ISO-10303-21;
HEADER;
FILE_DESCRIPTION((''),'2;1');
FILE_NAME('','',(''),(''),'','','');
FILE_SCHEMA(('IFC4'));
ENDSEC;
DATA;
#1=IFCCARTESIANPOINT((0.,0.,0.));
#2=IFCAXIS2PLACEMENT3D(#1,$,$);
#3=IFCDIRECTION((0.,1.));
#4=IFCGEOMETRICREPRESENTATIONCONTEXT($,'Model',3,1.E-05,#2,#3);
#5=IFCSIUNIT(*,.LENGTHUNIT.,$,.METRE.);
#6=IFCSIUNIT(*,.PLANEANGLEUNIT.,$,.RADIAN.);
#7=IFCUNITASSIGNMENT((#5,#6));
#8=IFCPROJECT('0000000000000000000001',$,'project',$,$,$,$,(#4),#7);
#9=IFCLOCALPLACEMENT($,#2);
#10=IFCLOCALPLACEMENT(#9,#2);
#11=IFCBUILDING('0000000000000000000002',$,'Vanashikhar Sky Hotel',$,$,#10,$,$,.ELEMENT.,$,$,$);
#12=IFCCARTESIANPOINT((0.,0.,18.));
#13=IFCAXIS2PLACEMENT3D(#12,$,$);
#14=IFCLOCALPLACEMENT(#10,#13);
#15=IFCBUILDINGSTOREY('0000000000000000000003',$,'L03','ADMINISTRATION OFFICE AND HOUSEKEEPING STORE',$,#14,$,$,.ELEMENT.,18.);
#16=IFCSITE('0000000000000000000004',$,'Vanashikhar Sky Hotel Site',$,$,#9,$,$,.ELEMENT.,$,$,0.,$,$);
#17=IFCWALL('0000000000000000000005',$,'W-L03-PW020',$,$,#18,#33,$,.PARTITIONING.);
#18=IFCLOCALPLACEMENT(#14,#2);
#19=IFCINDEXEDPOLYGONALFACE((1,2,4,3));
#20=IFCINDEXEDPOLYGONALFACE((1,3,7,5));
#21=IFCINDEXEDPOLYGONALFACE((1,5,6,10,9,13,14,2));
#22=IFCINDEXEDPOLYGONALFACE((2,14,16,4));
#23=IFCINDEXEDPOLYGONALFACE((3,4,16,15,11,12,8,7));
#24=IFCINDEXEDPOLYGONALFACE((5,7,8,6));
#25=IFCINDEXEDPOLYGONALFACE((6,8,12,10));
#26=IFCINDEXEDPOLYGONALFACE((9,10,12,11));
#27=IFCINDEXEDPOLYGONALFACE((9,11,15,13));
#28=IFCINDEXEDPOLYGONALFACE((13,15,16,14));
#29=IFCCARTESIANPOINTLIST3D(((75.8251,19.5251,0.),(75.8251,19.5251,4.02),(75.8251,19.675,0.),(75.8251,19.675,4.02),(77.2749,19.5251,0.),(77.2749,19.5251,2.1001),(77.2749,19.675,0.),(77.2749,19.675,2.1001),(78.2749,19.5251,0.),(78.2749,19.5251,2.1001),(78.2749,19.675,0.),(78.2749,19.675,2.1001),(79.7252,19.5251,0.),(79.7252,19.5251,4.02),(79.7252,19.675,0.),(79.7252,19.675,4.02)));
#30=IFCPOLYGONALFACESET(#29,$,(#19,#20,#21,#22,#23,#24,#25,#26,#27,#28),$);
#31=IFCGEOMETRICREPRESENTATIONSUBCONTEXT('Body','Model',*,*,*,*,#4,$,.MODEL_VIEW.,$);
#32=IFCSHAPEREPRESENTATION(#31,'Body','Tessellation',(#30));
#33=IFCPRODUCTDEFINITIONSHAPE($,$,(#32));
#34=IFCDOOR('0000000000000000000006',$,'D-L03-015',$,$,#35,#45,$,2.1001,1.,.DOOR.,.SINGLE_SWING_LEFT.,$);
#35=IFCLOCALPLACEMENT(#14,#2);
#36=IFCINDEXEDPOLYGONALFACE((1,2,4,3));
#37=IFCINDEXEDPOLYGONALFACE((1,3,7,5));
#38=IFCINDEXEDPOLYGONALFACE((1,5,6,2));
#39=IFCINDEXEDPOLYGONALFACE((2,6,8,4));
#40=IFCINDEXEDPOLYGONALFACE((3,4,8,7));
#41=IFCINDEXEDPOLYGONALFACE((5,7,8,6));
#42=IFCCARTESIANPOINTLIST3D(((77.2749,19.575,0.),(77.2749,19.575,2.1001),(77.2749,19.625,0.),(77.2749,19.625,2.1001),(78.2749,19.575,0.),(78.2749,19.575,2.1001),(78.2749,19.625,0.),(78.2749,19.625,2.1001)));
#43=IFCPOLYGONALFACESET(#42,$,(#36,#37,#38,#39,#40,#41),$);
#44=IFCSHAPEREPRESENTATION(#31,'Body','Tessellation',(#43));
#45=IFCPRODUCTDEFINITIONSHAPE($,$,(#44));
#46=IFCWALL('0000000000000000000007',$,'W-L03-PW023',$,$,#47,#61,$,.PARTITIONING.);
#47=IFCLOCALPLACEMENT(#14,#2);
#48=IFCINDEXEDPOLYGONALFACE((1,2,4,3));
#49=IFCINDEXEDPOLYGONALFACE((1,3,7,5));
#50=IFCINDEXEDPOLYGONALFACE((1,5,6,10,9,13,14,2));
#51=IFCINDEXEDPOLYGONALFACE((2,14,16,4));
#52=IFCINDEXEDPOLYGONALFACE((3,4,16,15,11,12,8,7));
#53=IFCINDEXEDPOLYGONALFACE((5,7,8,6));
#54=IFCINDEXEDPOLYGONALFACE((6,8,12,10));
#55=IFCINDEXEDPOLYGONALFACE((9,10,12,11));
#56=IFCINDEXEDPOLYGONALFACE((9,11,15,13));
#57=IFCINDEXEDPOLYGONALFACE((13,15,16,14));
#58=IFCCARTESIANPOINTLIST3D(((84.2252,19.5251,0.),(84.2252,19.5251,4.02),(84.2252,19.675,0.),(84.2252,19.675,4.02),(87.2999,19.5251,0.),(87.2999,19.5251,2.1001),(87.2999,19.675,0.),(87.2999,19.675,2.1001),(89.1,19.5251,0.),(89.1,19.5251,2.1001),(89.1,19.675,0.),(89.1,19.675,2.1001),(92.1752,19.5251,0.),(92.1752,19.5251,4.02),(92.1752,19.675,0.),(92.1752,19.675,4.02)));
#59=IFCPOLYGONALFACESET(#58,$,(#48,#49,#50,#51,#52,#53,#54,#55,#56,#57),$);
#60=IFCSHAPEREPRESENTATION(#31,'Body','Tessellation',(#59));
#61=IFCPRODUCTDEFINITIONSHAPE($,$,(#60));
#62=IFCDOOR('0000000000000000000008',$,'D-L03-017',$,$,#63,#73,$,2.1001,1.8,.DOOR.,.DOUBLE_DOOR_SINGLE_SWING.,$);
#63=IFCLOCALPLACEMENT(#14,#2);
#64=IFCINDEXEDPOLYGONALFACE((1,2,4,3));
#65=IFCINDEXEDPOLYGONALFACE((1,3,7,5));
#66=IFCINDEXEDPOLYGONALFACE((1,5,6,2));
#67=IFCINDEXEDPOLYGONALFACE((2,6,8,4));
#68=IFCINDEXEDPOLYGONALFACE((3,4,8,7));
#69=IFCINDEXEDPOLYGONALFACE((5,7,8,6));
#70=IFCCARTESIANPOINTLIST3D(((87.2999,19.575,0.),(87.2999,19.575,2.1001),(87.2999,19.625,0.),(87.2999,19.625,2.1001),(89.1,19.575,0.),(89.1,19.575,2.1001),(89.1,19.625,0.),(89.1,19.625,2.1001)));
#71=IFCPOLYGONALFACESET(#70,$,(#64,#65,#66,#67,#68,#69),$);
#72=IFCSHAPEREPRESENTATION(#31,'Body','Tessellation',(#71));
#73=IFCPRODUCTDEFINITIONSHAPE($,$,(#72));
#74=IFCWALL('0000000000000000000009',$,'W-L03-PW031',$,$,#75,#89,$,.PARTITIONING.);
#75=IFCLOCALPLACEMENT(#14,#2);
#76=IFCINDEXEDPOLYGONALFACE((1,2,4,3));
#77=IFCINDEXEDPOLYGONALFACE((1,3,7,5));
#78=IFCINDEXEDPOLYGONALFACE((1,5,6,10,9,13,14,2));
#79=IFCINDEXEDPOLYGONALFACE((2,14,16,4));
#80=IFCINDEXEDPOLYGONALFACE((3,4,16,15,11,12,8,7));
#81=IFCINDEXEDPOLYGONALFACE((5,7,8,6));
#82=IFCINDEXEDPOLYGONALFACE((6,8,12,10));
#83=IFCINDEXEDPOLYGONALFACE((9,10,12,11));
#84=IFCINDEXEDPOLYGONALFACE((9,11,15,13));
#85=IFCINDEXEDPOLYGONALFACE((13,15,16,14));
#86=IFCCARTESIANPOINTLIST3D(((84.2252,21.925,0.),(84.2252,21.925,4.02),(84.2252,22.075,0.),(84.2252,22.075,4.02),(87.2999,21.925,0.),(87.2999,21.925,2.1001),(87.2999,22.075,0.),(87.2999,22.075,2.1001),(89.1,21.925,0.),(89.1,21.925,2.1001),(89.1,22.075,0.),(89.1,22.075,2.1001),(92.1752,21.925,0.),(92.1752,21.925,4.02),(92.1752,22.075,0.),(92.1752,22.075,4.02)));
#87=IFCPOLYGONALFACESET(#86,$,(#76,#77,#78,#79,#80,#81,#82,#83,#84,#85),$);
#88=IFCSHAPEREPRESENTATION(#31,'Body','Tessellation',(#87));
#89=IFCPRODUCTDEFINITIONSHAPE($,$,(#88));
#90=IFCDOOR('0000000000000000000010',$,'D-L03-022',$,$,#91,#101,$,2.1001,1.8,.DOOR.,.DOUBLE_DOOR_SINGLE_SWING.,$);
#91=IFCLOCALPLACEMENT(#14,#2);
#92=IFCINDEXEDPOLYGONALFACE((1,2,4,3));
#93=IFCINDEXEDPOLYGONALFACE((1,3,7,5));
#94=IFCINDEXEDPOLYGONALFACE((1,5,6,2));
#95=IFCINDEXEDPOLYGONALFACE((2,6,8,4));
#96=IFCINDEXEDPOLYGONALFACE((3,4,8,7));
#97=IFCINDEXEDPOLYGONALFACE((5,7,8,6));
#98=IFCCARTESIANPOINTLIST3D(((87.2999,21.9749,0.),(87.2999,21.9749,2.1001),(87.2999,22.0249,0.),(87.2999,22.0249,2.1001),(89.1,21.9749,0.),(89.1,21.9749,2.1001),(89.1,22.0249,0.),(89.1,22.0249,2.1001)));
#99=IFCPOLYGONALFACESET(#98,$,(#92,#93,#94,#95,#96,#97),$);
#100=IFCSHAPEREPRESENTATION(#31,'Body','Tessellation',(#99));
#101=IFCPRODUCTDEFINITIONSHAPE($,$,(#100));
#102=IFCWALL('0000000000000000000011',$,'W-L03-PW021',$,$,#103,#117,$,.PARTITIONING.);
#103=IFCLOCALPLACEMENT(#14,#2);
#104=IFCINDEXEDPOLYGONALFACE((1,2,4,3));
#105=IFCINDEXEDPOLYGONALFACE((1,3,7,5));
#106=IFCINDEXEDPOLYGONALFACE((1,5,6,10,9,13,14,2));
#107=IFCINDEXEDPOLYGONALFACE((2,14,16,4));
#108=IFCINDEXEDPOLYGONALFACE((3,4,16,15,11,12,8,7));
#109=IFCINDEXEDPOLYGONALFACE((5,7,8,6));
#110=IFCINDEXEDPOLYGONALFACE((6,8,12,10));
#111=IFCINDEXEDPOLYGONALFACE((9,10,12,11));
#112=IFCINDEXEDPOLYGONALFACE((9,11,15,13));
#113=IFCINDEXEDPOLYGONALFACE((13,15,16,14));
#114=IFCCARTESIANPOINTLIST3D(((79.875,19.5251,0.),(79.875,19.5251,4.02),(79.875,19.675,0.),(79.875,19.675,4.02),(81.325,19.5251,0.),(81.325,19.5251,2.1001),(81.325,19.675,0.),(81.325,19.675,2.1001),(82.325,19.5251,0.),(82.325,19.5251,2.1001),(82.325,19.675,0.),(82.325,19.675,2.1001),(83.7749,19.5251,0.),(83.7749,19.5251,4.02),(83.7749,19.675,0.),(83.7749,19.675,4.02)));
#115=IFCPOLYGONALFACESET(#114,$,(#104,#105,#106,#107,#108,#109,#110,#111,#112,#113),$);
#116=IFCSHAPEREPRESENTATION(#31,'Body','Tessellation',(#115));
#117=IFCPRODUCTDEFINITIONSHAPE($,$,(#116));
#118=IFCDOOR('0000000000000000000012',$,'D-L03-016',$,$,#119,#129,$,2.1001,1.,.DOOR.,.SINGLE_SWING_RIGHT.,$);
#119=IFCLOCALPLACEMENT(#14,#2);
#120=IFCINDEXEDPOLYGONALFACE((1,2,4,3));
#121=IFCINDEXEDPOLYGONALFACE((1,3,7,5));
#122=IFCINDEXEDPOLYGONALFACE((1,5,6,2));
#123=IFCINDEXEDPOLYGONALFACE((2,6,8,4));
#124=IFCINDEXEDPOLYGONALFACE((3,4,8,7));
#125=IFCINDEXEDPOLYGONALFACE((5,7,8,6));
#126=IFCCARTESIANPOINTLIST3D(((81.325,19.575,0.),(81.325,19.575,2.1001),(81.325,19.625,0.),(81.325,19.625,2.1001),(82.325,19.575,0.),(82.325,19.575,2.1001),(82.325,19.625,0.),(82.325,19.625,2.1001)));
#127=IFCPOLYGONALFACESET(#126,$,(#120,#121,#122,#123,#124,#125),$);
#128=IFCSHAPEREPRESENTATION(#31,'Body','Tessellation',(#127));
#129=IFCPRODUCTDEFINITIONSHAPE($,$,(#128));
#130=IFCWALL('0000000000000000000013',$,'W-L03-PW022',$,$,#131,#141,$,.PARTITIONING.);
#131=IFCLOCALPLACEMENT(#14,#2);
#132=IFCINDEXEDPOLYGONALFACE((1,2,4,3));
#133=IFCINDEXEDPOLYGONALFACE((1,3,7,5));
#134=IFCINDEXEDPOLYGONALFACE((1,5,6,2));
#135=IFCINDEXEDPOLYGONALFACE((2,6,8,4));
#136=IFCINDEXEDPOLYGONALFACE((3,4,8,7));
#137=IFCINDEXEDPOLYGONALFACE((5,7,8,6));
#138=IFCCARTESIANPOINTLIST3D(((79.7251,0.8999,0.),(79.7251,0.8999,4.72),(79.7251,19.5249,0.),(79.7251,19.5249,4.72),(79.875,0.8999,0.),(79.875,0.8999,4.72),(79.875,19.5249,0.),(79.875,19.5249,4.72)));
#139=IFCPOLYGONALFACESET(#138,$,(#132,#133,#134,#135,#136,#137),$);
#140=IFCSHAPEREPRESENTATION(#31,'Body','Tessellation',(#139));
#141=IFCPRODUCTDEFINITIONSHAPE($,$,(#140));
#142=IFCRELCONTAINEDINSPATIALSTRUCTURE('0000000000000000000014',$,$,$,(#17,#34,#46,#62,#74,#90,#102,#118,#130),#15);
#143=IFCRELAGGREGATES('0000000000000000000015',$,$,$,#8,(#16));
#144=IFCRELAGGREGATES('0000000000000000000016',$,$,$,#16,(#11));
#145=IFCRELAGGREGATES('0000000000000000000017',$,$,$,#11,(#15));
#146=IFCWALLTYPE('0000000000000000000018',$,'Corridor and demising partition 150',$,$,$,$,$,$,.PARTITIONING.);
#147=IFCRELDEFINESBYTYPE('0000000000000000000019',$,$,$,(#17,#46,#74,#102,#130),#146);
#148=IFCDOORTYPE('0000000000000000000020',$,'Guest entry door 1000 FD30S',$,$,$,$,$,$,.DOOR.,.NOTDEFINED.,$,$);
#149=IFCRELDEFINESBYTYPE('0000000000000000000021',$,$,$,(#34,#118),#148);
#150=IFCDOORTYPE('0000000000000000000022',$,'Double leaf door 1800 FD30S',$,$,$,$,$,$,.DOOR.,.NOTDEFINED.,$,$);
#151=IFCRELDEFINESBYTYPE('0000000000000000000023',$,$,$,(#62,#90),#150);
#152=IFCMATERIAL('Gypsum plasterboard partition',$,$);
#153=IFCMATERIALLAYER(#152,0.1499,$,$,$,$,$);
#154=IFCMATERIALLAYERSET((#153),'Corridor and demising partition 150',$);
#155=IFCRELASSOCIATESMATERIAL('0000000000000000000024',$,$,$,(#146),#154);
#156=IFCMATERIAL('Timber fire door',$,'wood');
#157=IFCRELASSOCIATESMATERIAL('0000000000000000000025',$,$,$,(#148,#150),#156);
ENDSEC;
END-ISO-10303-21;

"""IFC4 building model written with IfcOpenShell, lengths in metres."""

from ifc_helpers import new_model, si_unit, direction, frame, frame_2d, origin, place, context, subcontext, project, spatial, rectangle, extrude, source, transform, mapped, material, layer, layer_set, type_object, element, fill, save


model = new_model("IFC4")

# Units and contexts
model_context = context("Model", 3, precision=1e-05, world=origin(), true_north=direction((0.0, 1.0)))
body_context = subcontext(model_context, "Body", "Model", "MODEL_VIEW")
ifc_project = project(units=[si_unit("LENGTHUNIT", "METRE"), si_unit("PLANEANGLEUNIT", "RADIAN")], contexts=[model_context])

# Site, building, storey
site_placement = place(None, origin())
site = spatial("IfcSite", under=ifc_project, at=site_placement, Name="Vanashikhar Sky Hotel Site", CompositionType="ELEMENT", RefElevation=0.0)
building_placement = place(site_placement, origin())
building = spatial("IfcBuilding", under=site, at=building_placement, Name="Vanashikhar Sky Hotel", CompositionType="ELEMENT")
storey_placement = place(building_placement, frame((0.0, 0.0, 18.0)))
storey = spatial("IfcBuildingStorey", under=building, at=storey_placement, Name="L03", Description="ADMINISTRATION OFFICE AND HOUSEKEEPING STORE", CompositionType="ELEMENT", Elevation=18.0)

# Walls, openings, doors
ifc_material_1 = material(Name="Gypsum plasterboard partition")
ifc_layer_1 = layer(ifc_material_1, 0.1499)
ifc_layer_set_1 = layer_set([ifc_layer_1], Name="Corridor and demising partition 150")
wall_type_1 = type_object("IfcWallType", Name="Corridor and demising partition 150", PredefinedType="PARTITIONING", material=ifc_layer_set_1)
shared_shape_1 = source(origin(), body_context, "Body", "SweptSolid", [
    extrude(rectangle(XDim=3.9001, YDim=0.1499, at=frame_2d((1.9502, 0.0))), origin(), (0.0, 0.0, 1.0), 4.02),
])
wall_1_placement = place(storey_placement, frame((75.825, 19.6001, 0.0), z_axis=(0.0, 0.0, 1.0), x_axis=(1.0, 0.0, 0.0)))
wall_1 = element("IfcWall", 1, at=wall_1_placement, inside=storey, type_object=wall_type_1, Name="W-L03-PW020", PredefinedType="PARTITIONING", context=body_context, shape_type="MappedRepresentation", body=[
    mapped(shared_shape_1, transform((0.0, 0.0, 0.0), scale=1.0)),
])
shared_shape_2 = source(origin(), body_context, "Body", "SweptSolid", [
    extrude(rectangle(XDim=1.0, YDim=2.1001, at=frame_2d((0.5, 1.05))), frame((0.0, 0.085, 0.0), z_axis=(0.0, -1.0, 0.0), x_axis=(1.0, 0.0, 0.0)), (0.0, 0.0, 1.0), 0.1699),
])
opening_1_placement = place(wall_1_placement, frame((1.45, 0.0, 0.0)))
opening_1 = element("IfcOpeningElement", 2, at=opening_1_placement, cuts=wall_1, PredefinedType="OPENING", context=body_context, shape_type="MappedRepresentation", body=[
    mapped(shared_shape_2, transform((0.0, 0.0, 0.0), scale=1.0)),
])
ifc_material_2 = material(Name="Timber fire door", Category="wood")
door_type_1 = type_object("IfcDoorType", Name="Guest entry door 1000 FD30S", OperationType="NOTDEFINED", PredefinedType="DOOR", material=ifc_material_2)
shared_shape_3 = source(origin(), body_context, "Body", "SweptSolid", [
    extrude(rectangle(XDim=1.0, YDim=2.1001, at=frame_2d((0.5, 1.05))), frame((0.0, 0.0249, 0.0), z_axis=(0.0, -1.0, 0.0), x_axis=(1.0, 0.0, 0.0)), (0.0, 0.0, 1.0), 0.05),
])
door_1_placement = place(opening_1_placement, origin())
door_1 = element("IfcDoor", 3, at=door_1_placement, inside=storey, type_object=door_type_1, Name="D-L03-015", OperationType="SINGLE_SWING_LEFT", OverallHeight=2.1001, OverallWidth=1.0, PredefinedType="DOOR", context=body_context, shape_type="MappedRepresentation", body=[
    mapped(shared_shape_3, transform((0.0, 0.0, 0.0), scale=1.0)),
])
fill(opening_1, door_1)
shared_shape_4 = source(origin(), body_context, "Body", "SweptSolid", [
    extrude(rectangle(XDim=7.95, YDim=0.1499, at=frame_2d((3.9751, 0.0))), origin(), (0.0, 0.0, 1.0), 4.02),
])
wall_2_placement = place(storey_placement, frame((84.2251, 19.6001, 0.0), z_axis=(0.0, 0.0, 1.0), x_axis=(1.0, 0.0, 0.0)))
wall_2 = element("IfcWall", 4, at=wall_2_placement, inside=storey, type_object=wall_type_1, Name="W-L03-PW023", PredefinedType="PARTITIONING", context=body_context, shape_type="MappedRepresentation", body=[
    mapped(shared_shape_4, transform((0.0, 0.0, 0.0), scale=1.0)),
])
shared_shape_5 = source(origin(), body_context, "Body", "SweptSolid", [
    extrude(rectangle(XDim=1.8, YDim=2.1001, at=frame_2d((0.8999, 1.05))), frame((0.0, 0.085, 0.0), z_axis=(0.0, -1.0, 0.0), x_axis=(1.0, 0.0, 0.0)), (0.0, 0.0, 1.0), 0.1699),
])
opening_2_placement = place(wall_2_placement, frame((3.075, 0.0, 0.0)))
opening_2 = element("IfcOpeningElement", 5, at=opening_2_placement, cuts=wall_2, PredefinedType="OPENING", context=body_context, shape_type="MappedRepresentation", body=[
    mapped(shared_shape_5, transform((0.0, 0.0, 0.0), scale=1.0)),
])
door_type_2 = type_object("IfcDoorType", Name="Double leaf door 1800 FD30S", OperationType="NOTDEFINED", PredefinedType="DOOR", material=ifc_material_2)
shared_shape_6 = source(origin(), body_context, "Body", "SweptSolid", [
    extrude(rectangle(XDim=1.8, YDim=2.1001, at=frame_2d((0.8999, 1.05))), frame((0.0, 0.0249, 0.0), z_axis=(0.0, -1.0, 0.0), x_axis=(1.0, 0.0, 0.0)), (0.0, 0.0, 1.0), 0.05),
])
door_2_placement = place(opening_2_placement, origin())
door_2 = element("IfcDoor", 6, at=door_2_placement, inside=storey, type_object=door_type_2, Name="D-L03-017", OperationType="DOUBLE_DOOR_SINGLE_SWING", OverallHeight=2.1001, OverallWidth=1.8, PredefinedType="DOOR", context=body_context, shape_type="MappedRepresentation", body=[
    mapped(shared_shape_6, transform((0.0, 0.0, 0.0), scale=1.0)),
])
fill(opening_2, door_2)
wall_3_placement = place(storey_placement, frame((84.2251, 22.0, 0.0), z_axis=(0.0, 0.0, 1.0), x_axis=(1.0, 0.0, 0.0)))
wall_3 = element("IfcWall", 7, at=wall_3_placement, inside=storey, type_object=wall_type_1, Name="W-L03-PW031", PredefinedType="PARTITIONING", context=body_context, shape_type="MappedRepresentation", body=[
    mapped(shared_shape_4, transform((0.0, 0.0, 0.0), scale=1.0)),
])
opening_3_placement = place(wall_3_placement, frame((3.075, 0.0, 0.0)))
opening_3 = element("IfcOpeningElement", 8, at=opening_3_placement, cuts=wall_3, PredefinedType="OPENING", context=body_context, shape_type="MappedRepresentation", body=[
    mapped(shared_shape_5, transform((0.0, 0.0, 0.0), scale=1.0)),
])
door_3_placement = place(opening_3_placement, origin())
door_3 = element("IfcDoor", 9, at=door_3_placement, inside=storey, type_object=door_type_2, Name="D-L03-022", OperationType="DOUBLE_DOOR_SINGLE_SWING", OverallHeight=2.1001, OverallWidth=1.8, PredefinedType="DOOR", context=body_context, shape_type="MappedRepresentation", body=[
    mapped(shared_shape_6, transform((0.0, 0.0, 0.0), scale=1.0)),
])
fill(opening_3, door_3)
shared_shape_7 = source(origin(), body_context, "Body", "SweptSolid", [
    extrude(rectangle(XDim=3.8999, YDim=0.1499, at=frame_2d((1.95, 0.0))), origin(), (0.0, 0.0, 1.0), 4.02),
])
wall_4_placement = place(storey_placement, frame((79.875, 19.6001, 0.0), z_axis=(0.0, 0.0, 1.0), x_axis=(1.0, 0.0, 0.0)))
wall_4 = element("IfcWall", 10, at=wall_4_placement, inside=storey, type_object=wall_type_1, Name="W-L03-PW021", PredefinedType="PARTITIONING", context=body_context, shape_type="MappedRepresentation", body=[
    mapped(shared_shape_7, transform((0.0, 0.0, 0.0), scale=1.0)),
])
opening_4_placement = place(wall_4_placement, frame((1.45, 0.0, 0.0)))
opening_4 = element("IfcOpeningElement", 11, at=opening_4_placement, cuts=wall_4, PredefinedType="OPENING", context=body_context, shape_type="MappedRepresentation", body=[
    mapped(shared_shape_2, transform((0.0, 0.0, 0.0), scale=1.0)),
])
door_4_placement = place(opening_4_placement, origin())
door_4 = element("IfcDoor", 12, at=door_4_placement, inside=storey, type_object=door_type_1, Name="D-L03-016", OperationType="SINGLE_SWING_RIGHT", OverallHeight=2.1001, OverallWidth=1.0, PredefinedType="DOOR", context=body_context, shape_type="MappedRepresentation", body=[
    mapped(shared_shape_3, transform((0.0, 0.0, 0.0), scale=1.0)),
])
fill(opening_4, door_4)

# Wall
shared_shape_8 = source(origin(), body_context, "Body", "SweptSolid", [
    extrude(rectangle(XDim=18.625, YDim=0.1499, at=frame_2d((9.3125, 0.0))), origin(), (0.0, 0.0, 1.0), 4.72),
])
wall_5_placement = place(storey_placement, frame((79.8, 0.8999, 0.0), z_axis=(0.0, 0.0, 1.0), x_axis=(0.0, 1.0, 0.0)))
element("IfcWall", 13, at=wall_5_placement, inside=storey, type_object=wall_type_1, Name="W-L03-PW022", PredefinedType="PARTITIONING", context=body_context, shape_type="MappedRepresentation", body=[
    mapped(shared_shape_8, transform((0.0, 0.0, 0.0), scale=1.0)),
])

save(model, "model.ifc")
